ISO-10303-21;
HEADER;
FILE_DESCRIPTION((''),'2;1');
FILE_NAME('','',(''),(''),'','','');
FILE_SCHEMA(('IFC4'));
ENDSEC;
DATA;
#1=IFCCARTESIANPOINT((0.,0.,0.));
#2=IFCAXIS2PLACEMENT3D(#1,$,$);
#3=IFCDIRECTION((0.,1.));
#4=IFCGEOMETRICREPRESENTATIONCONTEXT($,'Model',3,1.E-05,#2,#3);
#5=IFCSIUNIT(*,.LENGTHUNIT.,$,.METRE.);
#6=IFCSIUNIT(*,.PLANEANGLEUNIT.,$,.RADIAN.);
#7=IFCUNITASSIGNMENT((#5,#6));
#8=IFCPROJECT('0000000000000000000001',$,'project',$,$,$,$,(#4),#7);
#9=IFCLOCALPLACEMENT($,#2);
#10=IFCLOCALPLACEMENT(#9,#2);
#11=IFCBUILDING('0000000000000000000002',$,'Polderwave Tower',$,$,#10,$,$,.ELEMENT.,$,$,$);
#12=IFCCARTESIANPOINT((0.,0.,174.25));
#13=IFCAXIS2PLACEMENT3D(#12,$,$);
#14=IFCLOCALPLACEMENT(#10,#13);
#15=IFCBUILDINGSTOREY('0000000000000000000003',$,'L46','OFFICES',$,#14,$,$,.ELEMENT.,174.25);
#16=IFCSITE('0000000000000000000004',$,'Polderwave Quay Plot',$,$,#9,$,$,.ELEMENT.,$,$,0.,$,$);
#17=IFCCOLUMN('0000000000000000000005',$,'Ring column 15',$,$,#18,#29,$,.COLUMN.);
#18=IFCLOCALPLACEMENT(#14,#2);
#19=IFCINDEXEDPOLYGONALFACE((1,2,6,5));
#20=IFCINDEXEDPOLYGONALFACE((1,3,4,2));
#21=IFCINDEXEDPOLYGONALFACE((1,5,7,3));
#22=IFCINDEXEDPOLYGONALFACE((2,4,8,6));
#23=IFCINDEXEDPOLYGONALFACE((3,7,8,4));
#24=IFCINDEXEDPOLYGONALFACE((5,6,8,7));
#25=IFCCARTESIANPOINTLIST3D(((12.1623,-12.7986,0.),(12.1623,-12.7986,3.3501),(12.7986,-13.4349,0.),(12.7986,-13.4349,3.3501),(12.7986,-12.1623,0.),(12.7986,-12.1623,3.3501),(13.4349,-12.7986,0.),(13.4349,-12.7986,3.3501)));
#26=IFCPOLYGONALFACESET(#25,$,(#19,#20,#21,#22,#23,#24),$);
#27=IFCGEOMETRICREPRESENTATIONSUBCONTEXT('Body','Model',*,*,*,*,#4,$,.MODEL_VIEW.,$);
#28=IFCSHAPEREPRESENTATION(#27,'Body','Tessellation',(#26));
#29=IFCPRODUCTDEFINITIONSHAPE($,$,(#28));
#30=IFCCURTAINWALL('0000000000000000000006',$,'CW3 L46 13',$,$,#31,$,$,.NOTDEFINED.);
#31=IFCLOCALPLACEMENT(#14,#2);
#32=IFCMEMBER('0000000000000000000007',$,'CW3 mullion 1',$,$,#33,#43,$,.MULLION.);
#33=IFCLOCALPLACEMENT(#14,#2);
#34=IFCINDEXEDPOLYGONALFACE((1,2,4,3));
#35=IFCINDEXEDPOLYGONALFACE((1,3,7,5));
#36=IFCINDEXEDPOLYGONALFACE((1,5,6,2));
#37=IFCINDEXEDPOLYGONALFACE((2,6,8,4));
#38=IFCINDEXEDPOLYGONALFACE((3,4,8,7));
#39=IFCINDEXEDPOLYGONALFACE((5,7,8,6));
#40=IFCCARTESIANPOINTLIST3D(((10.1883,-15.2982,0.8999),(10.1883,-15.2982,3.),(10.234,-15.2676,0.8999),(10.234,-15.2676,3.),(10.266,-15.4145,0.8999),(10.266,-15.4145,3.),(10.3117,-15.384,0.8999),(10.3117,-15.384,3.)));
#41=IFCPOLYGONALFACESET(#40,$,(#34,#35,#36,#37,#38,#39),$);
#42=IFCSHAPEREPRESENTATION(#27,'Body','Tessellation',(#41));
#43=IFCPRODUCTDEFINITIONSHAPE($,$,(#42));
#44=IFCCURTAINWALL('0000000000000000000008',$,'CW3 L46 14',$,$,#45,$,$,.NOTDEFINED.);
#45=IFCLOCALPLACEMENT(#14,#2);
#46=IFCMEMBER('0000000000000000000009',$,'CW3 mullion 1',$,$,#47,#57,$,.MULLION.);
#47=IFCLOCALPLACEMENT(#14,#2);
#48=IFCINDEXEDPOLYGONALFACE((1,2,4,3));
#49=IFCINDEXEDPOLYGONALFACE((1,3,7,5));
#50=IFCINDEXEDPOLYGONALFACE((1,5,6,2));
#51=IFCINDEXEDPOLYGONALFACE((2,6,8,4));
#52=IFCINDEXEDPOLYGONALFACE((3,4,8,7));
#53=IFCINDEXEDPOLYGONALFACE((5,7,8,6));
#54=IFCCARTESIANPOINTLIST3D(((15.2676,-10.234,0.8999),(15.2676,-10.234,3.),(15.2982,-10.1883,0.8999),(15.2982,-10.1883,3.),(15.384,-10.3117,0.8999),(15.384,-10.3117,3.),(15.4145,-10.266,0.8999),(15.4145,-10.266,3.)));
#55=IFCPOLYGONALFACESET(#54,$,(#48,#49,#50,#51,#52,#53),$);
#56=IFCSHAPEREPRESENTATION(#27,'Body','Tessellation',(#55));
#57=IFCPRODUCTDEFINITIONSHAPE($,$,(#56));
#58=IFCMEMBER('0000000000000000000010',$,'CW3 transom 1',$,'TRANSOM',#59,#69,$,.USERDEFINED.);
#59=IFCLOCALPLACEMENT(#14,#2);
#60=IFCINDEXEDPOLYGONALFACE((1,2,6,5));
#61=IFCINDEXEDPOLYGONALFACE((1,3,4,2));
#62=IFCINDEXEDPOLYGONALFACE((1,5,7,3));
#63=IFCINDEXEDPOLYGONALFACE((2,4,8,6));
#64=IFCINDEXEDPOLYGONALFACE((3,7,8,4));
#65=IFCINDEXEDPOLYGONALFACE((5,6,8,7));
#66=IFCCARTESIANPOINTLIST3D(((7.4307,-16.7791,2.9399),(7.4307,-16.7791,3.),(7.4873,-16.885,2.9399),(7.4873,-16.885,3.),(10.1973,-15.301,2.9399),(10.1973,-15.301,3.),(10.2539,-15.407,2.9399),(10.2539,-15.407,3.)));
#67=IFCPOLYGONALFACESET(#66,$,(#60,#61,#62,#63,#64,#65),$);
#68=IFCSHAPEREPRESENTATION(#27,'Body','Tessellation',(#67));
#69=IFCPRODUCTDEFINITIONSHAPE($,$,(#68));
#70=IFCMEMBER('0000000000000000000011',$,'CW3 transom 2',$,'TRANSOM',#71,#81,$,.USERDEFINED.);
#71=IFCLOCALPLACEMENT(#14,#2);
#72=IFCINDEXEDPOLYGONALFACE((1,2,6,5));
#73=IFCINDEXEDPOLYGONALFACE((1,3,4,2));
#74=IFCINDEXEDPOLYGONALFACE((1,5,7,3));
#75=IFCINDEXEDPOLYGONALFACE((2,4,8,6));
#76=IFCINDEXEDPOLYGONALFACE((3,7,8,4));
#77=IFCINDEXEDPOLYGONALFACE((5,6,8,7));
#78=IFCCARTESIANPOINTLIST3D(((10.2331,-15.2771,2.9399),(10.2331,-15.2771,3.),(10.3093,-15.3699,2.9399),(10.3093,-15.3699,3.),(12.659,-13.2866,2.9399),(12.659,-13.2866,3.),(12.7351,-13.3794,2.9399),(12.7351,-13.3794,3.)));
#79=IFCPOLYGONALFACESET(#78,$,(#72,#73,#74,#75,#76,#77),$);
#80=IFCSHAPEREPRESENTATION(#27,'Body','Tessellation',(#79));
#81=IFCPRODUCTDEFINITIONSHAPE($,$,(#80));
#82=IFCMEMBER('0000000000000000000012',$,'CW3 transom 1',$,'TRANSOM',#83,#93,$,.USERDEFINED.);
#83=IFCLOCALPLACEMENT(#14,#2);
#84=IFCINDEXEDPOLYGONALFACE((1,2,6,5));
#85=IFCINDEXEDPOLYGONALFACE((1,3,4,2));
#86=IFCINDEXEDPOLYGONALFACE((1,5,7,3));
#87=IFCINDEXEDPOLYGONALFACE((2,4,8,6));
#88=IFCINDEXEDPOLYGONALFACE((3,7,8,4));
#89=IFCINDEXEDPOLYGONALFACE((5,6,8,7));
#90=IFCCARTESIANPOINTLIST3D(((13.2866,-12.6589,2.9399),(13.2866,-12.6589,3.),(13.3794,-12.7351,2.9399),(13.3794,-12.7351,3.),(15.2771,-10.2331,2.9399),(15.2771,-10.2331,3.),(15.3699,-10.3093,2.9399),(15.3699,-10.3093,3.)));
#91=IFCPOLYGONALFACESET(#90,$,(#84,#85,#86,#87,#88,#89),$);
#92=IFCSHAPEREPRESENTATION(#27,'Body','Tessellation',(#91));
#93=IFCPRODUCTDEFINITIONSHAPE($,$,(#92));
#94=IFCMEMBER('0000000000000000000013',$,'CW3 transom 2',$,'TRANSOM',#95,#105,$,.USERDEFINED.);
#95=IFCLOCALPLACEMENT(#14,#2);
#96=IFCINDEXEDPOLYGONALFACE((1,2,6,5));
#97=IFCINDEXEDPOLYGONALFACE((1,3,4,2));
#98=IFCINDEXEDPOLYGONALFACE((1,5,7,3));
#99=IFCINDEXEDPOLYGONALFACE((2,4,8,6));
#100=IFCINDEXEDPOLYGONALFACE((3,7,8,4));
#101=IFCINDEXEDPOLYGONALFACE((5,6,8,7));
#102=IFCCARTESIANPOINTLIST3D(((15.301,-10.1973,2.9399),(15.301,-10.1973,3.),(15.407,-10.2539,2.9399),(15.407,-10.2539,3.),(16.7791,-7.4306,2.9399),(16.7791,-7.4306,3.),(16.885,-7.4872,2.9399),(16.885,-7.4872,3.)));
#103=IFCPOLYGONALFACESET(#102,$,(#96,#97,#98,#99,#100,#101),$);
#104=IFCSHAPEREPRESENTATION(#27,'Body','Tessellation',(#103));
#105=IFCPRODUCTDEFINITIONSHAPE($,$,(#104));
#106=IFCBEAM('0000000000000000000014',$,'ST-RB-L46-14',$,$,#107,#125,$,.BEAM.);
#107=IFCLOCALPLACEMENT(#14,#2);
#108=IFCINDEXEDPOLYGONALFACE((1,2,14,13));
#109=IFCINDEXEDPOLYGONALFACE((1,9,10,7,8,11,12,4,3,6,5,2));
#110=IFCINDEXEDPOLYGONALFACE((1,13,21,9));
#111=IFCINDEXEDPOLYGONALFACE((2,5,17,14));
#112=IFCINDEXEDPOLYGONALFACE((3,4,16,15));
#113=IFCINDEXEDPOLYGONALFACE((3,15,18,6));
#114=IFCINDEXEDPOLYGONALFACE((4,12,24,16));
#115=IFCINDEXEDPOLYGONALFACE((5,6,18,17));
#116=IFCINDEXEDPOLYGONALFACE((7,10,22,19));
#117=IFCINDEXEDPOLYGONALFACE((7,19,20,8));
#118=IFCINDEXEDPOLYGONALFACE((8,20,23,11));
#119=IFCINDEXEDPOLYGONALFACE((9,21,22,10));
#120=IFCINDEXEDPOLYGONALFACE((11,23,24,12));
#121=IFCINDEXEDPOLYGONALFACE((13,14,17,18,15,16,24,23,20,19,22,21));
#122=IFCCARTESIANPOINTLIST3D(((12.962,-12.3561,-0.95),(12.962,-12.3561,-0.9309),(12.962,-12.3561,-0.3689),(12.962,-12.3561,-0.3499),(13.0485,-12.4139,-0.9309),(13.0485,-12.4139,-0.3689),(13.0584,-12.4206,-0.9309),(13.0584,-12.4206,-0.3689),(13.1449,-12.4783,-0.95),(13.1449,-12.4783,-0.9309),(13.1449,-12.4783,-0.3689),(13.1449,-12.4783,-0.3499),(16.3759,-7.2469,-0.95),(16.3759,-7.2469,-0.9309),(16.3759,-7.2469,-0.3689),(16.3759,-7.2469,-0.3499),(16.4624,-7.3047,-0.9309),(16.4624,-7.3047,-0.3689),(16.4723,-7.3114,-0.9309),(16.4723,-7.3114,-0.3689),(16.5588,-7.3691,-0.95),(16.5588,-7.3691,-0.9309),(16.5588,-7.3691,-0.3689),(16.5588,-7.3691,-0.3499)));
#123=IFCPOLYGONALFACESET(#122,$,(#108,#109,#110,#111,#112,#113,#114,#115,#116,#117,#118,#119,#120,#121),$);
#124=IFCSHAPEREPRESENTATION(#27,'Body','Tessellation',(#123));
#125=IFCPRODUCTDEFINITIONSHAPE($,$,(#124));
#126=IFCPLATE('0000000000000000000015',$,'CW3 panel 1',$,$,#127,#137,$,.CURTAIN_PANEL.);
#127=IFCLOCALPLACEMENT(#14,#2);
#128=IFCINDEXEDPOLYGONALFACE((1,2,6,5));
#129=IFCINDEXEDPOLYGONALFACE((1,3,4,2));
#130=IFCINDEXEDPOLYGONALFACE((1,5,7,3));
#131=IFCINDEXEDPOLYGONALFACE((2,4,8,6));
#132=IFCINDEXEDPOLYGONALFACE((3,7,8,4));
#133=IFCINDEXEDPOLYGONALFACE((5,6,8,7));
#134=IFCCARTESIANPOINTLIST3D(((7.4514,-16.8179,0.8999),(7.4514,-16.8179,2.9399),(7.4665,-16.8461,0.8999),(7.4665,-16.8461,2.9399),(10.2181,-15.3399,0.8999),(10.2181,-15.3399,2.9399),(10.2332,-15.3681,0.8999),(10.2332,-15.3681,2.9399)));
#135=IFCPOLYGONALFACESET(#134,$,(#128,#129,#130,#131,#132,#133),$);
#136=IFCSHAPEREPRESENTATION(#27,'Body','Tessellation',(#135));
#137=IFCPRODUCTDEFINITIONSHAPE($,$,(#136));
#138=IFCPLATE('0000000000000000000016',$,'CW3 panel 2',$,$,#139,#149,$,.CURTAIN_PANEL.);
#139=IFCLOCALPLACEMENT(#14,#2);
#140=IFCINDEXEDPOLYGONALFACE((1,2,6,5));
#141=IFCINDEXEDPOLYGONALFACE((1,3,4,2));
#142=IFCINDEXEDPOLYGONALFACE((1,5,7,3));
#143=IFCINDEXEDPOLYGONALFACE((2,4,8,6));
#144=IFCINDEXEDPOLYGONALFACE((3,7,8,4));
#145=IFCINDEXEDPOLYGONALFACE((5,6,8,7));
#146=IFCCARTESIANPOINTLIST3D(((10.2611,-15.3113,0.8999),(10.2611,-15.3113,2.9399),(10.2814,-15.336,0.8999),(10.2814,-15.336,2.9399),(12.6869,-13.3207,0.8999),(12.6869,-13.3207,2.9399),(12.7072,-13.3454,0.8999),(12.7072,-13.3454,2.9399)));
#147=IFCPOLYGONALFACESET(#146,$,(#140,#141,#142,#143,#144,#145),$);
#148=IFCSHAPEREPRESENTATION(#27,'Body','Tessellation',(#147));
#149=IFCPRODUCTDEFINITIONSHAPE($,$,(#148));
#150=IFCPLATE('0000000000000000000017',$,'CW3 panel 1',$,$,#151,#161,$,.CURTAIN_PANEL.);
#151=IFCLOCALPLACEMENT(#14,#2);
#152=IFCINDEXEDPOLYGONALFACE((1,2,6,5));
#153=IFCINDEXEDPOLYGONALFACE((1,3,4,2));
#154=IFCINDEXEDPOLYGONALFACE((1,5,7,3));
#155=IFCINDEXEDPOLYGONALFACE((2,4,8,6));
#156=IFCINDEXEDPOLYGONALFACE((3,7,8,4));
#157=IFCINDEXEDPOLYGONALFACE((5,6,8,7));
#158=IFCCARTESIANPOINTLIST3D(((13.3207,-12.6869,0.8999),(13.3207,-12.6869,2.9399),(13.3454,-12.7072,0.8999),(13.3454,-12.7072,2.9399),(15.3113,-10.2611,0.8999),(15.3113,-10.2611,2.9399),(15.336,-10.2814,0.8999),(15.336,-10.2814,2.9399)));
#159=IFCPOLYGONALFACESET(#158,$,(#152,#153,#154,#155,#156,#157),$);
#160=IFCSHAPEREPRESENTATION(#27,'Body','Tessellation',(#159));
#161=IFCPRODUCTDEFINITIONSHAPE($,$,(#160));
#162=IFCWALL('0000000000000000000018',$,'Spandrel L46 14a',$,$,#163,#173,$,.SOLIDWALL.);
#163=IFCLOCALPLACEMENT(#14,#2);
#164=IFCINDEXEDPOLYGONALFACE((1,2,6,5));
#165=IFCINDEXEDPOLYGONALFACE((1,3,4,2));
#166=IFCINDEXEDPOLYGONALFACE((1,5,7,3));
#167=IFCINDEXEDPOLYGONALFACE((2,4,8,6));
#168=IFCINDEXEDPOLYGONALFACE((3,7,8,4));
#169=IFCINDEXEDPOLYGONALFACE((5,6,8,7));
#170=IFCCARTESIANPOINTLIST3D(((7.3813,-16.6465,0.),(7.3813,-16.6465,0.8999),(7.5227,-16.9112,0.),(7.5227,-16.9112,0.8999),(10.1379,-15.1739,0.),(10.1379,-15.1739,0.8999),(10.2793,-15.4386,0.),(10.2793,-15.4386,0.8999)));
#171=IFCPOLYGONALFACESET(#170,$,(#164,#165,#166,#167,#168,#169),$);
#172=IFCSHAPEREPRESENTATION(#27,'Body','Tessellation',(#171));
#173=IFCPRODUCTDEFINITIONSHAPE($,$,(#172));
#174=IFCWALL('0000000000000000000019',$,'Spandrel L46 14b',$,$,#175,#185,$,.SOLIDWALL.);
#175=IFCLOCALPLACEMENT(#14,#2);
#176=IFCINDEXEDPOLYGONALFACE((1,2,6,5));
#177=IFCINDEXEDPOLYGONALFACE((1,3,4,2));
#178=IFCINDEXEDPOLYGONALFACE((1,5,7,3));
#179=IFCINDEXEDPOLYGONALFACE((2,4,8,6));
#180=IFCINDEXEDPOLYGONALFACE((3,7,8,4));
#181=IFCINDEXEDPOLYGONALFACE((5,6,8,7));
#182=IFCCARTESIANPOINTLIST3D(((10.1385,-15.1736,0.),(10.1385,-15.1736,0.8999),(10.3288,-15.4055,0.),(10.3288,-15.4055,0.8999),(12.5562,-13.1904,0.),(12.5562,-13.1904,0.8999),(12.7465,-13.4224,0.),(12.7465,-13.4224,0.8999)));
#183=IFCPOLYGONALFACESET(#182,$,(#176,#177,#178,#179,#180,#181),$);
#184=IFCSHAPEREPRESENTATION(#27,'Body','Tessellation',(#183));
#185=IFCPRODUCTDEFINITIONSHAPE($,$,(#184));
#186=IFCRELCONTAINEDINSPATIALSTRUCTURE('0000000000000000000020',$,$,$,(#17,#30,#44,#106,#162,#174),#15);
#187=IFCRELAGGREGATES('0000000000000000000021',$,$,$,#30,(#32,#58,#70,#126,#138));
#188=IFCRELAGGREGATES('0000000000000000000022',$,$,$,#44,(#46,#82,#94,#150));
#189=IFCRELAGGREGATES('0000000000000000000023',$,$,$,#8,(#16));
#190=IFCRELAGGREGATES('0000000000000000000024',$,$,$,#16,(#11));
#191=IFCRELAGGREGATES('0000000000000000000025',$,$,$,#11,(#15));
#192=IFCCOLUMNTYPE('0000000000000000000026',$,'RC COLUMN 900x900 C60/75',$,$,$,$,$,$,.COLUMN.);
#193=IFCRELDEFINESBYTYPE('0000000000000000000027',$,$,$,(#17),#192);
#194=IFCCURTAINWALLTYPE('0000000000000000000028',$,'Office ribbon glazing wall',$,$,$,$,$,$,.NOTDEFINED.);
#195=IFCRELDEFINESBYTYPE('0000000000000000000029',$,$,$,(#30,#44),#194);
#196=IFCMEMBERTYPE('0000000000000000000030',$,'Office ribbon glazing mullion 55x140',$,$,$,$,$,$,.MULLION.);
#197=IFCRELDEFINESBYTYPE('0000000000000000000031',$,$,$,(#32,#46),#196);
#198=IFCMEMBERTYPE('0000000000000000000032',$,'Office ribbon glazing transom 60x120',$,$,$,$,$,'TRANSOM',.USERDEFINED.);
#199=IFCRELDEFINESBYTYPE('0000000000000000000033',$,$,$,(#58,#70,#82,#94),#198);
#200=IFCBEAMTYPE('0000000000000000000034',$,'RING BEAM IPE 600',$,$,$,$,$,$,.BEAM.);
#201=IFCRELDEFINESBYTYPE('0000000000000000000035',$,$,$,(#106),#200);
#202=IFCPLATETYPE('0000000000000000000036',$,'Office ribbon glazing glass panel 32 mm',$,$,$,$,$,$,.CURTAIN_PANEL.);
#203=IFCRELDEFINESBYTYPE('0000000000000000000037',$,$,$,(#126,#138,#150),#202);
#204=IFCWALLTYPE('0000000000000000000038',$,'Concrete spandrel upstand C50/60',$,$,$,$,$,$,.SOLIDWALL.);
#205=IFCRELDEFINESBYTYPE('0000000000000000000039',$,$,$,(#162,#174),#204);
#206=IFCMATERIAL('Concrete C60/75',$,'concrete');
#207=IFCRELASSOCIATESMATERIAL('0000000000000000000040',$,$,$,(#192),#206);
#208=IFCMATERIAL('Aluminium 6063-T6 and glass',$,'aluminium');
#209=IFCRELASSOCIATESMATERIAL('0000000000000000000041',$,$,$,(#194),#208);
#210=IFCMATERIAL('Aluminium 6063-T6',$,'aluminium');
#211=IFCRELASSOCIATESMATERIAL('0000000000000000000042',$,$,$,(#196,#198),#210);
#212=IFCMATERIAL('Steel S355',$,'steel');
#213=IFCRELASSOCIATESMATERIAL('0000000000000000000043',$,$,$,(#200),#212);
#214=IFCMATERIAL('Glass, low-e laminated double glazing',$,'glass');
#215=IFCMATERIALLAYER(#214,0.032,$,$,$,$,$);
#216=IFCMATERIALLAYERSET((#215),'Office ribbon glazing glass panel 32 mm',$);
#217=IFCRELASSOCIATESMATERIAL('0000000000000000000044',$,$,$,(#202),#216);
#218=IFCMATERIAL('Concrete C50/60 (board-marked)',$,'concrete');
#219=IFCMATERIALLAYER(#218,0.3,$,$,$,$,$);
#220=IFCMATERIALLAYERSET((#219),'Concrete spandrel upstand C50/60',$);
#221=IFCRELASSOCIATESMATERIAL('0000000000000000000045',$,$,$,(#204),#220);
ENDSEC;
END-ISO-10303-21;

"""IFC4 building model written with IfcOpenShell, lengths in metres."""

from ifc_helpers import new_model, si_unit, direction, frame, frame_2d, origin, origin_2d, place, context, subcontext, project, spatial, rectangle, i_section, extrude, material, layer, layer_set, material_profile, profile_set, type_object, element, aggregate, save


model = new_model("IFC4")

# Units and contexts
model_context = context("Model", 3, precision=1e-05, world=origin(), true_north=direction((0.0, 1.0)))
body_context = subcontext(model_context, "Body", "Model", "MODEL_VIEW")
ifc_project = project(units=[si_unit("LENGTHUNIT", "METRE"), si_unit("PLANEANGLEUNIT", "RADIAN")], contexts=[model_context])

# Site, building, storey
site_placement = place(None, origin())
site = spatial("IfcSite", under=ifc_project, at=site_placement, Name="Polderwave Quay Plot", CompositionType="ELEMENT", RefElevation=0.0)
building_placement = place(site_placement, origin())
building = spatial("IfcBuilding", under=site, at=building_placement, Name="Polderwave Tower", CompositionType="ELEMENT")
storey_placement = place(building_placement, frame((0.0, 0.0, 174.25)))
storey = spatial("IfcBuildingStorey", under=building, at=storey_placement, Name="L46", Description="OFFICES", CompositionType="ELEMENT", Elevation=174.25)

# Column
ifc_material_1 = material(Name="Concrete C60/75", Category="concrete")
ifc_material_profile_1 = material_profile(ifc_material_1, rectangle(XDim=0.8999, YDim=0.8999, at=origin_2d()), Name="RC 900x900")
ifc_profile_set_1 = profile_set([ifc_material_profile_1], Name="Concrete C60/75")
column_type = type_object("IfcColumnType", Name="RC COLUMN 900x900 C60/75", PredefinedType="COLUMN", material=ifc_profile_set_1)
column_placement = place(storey_placement, frame((12.7986, -12.7986, 0.0), z_axis=(0.0, 0.0, 1.0), x_axis=(0.707107, -0.707107, 0.0)))
element("IfcColumn", 1, at=column_placement, inside=storey, type_object=column_type, Name="Ring column 15", PredefinedType="COLUMN", context=body_context, shape_type="SweptSolid", body=[
    extrude(rectangle(XDim=0.8999, YDim=0.8999, at=origin_2d()), origin(), (0.0, 0.0, 1.0), 3.3501),
])

# Curtain walls, members
ifc_material_2 = material(Name="Aluminium 6063-T6 and glass", Category="aluminium")
curtain_wall_type = type_object("IfcCurtainWallType", Name="Office ribbon glazing wall", PredefinedType="NOTDEFINED", material=ifc_material_2)
curtain_wall_1_placement = place(storey_placement, origin())
curtain_wall_1 = element("IfcCurtainWall", 2, at=curtain_wall_1_placement, inside=storey, type_object=curtain_wall_type, Name="CW3 L46 13", PredefinedType="NOTDEFINED")
ifc_material_3 = material(Name="Aluminium 6063-T6", Category="aluminium")
ifc_material_profile_2 = material_profile(ifc_material_3, rectangle(XDim=0.1399, YDim=0.0549, at=origin_2d()), Name="AL 55x140")
ifc_profile_set_2 = profile_set([ifc_material_profile_2], Name="Aluminium 6063-T6")
member_type_1 = type_object("IfcMemberType", Name="Office ribbon glazing mullion 55x140", PredefinedType="MULLION", material=ifc_profile_set_2)
member_1_placement = place(storey_placement, frame((10.25, -15.3411, 0.8999), z_axis=(0.0, 0.0, 1.0), x_axis=(-0.555454, 0.831547, 0.0)))
member_1 = element("IfcMember", 3, at=member_1_placement, type_object=member_type_1, Name="CW3 mullion 1", PredefinedType="MULLION", context=body_context, shape_type="SweptSolid", body=[
    extrude(rectangle(XDim=0.1399, YDim=0.0549, at=origin_2d()), origin(), (0.0, 0.0, 1.0), 2.1001),
])
curtain_wall_2_placement = place(storey_placement, origin())
curtain_wall_2 = element("IfcCurtainWall", 4, at=curtain_wall_2_placement, inside=storey, type_object=curtain_wall_type, Name="CW3 L46 14", PredefinedType="NOTDEFINED")
member_2_placement = place(storey_placement, frame((15.3411, -10.25, 0.8999), z_axis=(0.0, 0.0, 1.0), x_axis=(-0.831547, 0.555454, 0.0)))
member_2 = element("IfcMember", 5, at=member_2_placement, type_object=member_type_1, Name="CW3 mullion 1", PredefinedType="MULLION", context=body_context, shape_type="SweptSolid", body=[
    extrude(rectangle(XDim=0.1399, YDim=0.0549, at=origin_2d()), origin(), (0.0, 0.0, 1.0), 2.1001),
])

# Members
ifc_material_profile_3 = material_profile(ifc_material_3, rectangle(XDim=0.1201, YDim=0.0601, at=origin_2d()), Name="AL 60x120")
ifc_profile_set_3 = profile_set([ifc_material_profile_3], Name="Aluminium 6063-T6")
member_type_2 = type_object("IfcMemberType", Name="Office ribbon glazing transom 60x120", ElementType="TRANSOM", PredefinedType="USERDEFINED", material=ifc_profile_set_3)
member_3_placement = place(storey_placement, frame((7.459, -16.832, 2.97), z_axis=(0.882021, 0.47121, 0.0), x_axis=(-0.47121, 0.882021, 0.0)))
member_3 = element("IfcMember", 6, at=member_3_placement, type_object=member_type_2, Name="CW3 transom 1", ObjectType="TRANSOM", PredefinedType="USERDEFINED", context=body_context, shape_type="SweptSolid", body=[
    extrude(rectangle(XDim=0.1201, YDim=0.0601, at=origin_2d()), origin(), (0.0, 0.0, 1.0), 3.1367),
])
member_4_placement = place(storey_placement, frame((10.2712, -15.3235, 2.97), z_axis=(0.773059, 0.634334, 0.0), x_axis=(-0.634334, 0.773059, 0.0)))
member_4 = element("IfcMember", 7, at=member_4_placement, type_object=member_type_2, Name="CW3 transom 2", ObjectType="TRANSOM", PredefinedType="USERDEFINED", context=body_context, shape_type="SweptSolid", body=[
    extrude(rectangle(XDim=0.1201, YDim=0.0601, at=origin_2d()), origin(), (0.0, 0.0, 1.0), 3.1379),
])
member_5_placement = place(storey_placement, frame((13.333, -12.697, 2.97), z_axis=(0.634334, 0.773059, 0.0), x_axis=(-0.773059, 0.634334, 0.0)))
member_5 = element("IfcMember", 8, at=member_5_placement, type_object=member_type_2, Name="CW3 transom 1", ObjectType="TRANSOM", PredefinedType="USERDEFINED", context=body_context, shape_type="SweptSolid", body=[
    extrude(rectangle(XDim=0.1201, YDim=0.0601, at=origin_2d()), origin(), (0.0, 0.0, 1.0), 3.1379),
])
member_6_placement = place(storey_placement, frame((15.354, -10.2256, 2.97), z_axis=(0.47121, 0.882021, 0.0), x_axis=(-0.882021, 0.47121, 0.0)))
member_6 = element("IfcMember", 9, at=member_6_placement, type_object=member_type_2, Name="CW3 transom 2", ObjectType="TRANSOM", PredefinedType="USERDEFINED", context=body_context, shape_type="SweptSolid", body=[
    extrude(rectangle(XDim=0.1201, YDim=0.0601, at=origin_2d()), origin(), (0.0, 0.0, 1.0), 3.1367),
])

# Beam
ifc_material_4 = material(Name="Steel S355", Category="steel")
ifc_material_profile_4 = material_profile(ifc_material_4, i_section(OverallWidth=0.22, OverallDepth=0.6001, WebThickness=0.012, FlangeThickness=0.019, at=origin_2d()), Name="IPE 600")
ifc_profile_set_4 = profile_set([ifc_material_profile_4], Name="Steel S355")
beam_type = type_object("IfcBeamType", Name="RING BEAM IPE 600", PredefinedType="BEAM", material=ifc_profile_set_4)
beam_placement = place(storey_placement, frame((13.0535, -12.4172, -0.6499), z_axis=(0.555571, 0.831469, 0.0), x_axis=(-0.831469, 0.555571, 0.0)))
element("IfcBeam", 10, at=beam_placement, inside=storey, type_object=beam_type, Name="ST-RB-L46-14", PredefinedType="BEAM", context=body_context, shape_type="SweptSolid", body=[
    extrude(i_section(OverallWidth=0.22, OverallDepth=0.6001, WebThickness=0.012, FlangeThickness=0.019, at=origin_2d()), origin(), (0.0, 0.0, 1.0), 6.1448),
])

# Plates
ifc_material_5 = material(Name="Glass, low-e laminated double glazing", Category="glass")
ifc_layer_1 = layer(ifc_material_5, 0.032)
ifc_layer_set_1 = layer_set([ifc_layer_1], Name="Office ribbon glazing glass panel 32 mm")
plate_type = type_object("IfcPlateType", Name="Office ribbon glazing glass panel 32 mm", PredefinedType="CURTAIN_PANEL", material=ifc_layer_set_1)
plate_1_placement = place(storey_placement, frame((8.8423, -16.093, 0.8999), z_axis=(0.0, 0.0, 1.0), x_axis=(0.882029, 0.471195, 0.0)))
plate_1 = element("IfcPlate", 11, at=plate_1_placement, type_object=plate_type, Name="CW3 panel 1", PredefinedType="CURTAIN_PANEL", context=body_context, shape_type="SweptSolid", body=[
    extrude(rectangle(XDim=3.1367, YDim=0.032, at=origin_2d()), origin(), (0.0, 0.0, 1.0), 2.04),
])
plate_2_placement = place(storey_placement, frame((11.4841, -14.3284, 0.8999), z_axis=(0.0, 0.0, 1.0), x_axis=(0.773041, 0.634356, 0.0)))
plate_2 = element("IfcPlate", 12, at=plate_2_placement, type_object=plate_type, Name="CW3 panel 2", PredefinedType="CURTAIN_PANEL", context=body_context, shape_type="SweptSolid", body=[
    extrude(rectangle(XDim=3.1379, YDim=0.032, at=origin_2d()), origin(), (0.0, 0.0, 1.0), 2.04),
])
aggregate(curtain_wall_1, [member_1, member_3, member_4, plate_1, plate_2])
plate_3_placement = place(storey_placement, frame((14.3284, -11.4841, 0.8999), z_axis=(0.0, 0.0, 1.0), x_axis=(0.634356, 0.773041, 0.0)))
plate_3 = element("IfcPlate", 13, at=plate_3_placement, type_object=plate_type, Name="CW3 panel 1", PredefinedType="CURTAIN_PANEL", context=body_context, shape_type="SweptSolid", body=[
    extrude(rectangle(XDim=3.1379, YDim=0.032, at=origin_2d()), origin(), (0.0, 0.0, 1.0), 2.04),
])
aggregate(curtain_wall_2, [member_2, member_5, member_6, plate_3])

# Walls
ifc_material_6 = material(Name="Concrete C50/60 (board-marked)", Category="concrete")
ifc_layer_2 = layer(ifc_material_6, 0.3)
ifc_layer_set_2 = layer_set([ifc_layer_2], Name="Concrete spandrel upstand C50/60")
wall_type_1 = type_object("IfcWallType", Name="Concrete spandrel upstand C50/60", PredefinedType="SOLIDWALL", material=ifc_layer_set_2)
wall_1_placement = place(storey_placement, frame((7.4521, -16.7788, 0.0), z_axis=(0.0, 0.0, 1.0), x_axis=(0.882024, 0.471204, 0.0)))
element("IfcWall", 14, at=wall_1_placement, inside=storey, type_object=wall_type_1, Name="Spandrel L46 14a", PredefinedType="SOLIDWALL", context=body_context, shape_type="SweptSolid", body=[
    extrude(rectangle(XDim=3.1252, YDim=0.3, at=frame_2d((1.5625, 0.0))), origin(), (0.0, 0.0, 1.0), 0.8999),
])
for number, where, z_axis, x_axis, name in (
    (15, (10.2336, -15.2896, 0.0), (0.0, 0.0, 1.0), (0.773171, 0.634198, 0.0), "Spandrel L46 14b"),
):
    element("IfcWall", number, at=place(storey_placement, frame(where, z_axis=z_axis, x_axis=x_axis)), inside=storey, type_object=wall_type_1, Name=name, PredefinedType="SOLIDWALL", context=body_context, shape_type="SweptSolid", body=[
        extrude(rectangle(XDim=3.127, YDim=0.3, at=frame_2d((1.5635, 0.0))), origin(), (0.0, 0.0, 1.0), 0.8999),
    ])

save(model, "model.ifc")
